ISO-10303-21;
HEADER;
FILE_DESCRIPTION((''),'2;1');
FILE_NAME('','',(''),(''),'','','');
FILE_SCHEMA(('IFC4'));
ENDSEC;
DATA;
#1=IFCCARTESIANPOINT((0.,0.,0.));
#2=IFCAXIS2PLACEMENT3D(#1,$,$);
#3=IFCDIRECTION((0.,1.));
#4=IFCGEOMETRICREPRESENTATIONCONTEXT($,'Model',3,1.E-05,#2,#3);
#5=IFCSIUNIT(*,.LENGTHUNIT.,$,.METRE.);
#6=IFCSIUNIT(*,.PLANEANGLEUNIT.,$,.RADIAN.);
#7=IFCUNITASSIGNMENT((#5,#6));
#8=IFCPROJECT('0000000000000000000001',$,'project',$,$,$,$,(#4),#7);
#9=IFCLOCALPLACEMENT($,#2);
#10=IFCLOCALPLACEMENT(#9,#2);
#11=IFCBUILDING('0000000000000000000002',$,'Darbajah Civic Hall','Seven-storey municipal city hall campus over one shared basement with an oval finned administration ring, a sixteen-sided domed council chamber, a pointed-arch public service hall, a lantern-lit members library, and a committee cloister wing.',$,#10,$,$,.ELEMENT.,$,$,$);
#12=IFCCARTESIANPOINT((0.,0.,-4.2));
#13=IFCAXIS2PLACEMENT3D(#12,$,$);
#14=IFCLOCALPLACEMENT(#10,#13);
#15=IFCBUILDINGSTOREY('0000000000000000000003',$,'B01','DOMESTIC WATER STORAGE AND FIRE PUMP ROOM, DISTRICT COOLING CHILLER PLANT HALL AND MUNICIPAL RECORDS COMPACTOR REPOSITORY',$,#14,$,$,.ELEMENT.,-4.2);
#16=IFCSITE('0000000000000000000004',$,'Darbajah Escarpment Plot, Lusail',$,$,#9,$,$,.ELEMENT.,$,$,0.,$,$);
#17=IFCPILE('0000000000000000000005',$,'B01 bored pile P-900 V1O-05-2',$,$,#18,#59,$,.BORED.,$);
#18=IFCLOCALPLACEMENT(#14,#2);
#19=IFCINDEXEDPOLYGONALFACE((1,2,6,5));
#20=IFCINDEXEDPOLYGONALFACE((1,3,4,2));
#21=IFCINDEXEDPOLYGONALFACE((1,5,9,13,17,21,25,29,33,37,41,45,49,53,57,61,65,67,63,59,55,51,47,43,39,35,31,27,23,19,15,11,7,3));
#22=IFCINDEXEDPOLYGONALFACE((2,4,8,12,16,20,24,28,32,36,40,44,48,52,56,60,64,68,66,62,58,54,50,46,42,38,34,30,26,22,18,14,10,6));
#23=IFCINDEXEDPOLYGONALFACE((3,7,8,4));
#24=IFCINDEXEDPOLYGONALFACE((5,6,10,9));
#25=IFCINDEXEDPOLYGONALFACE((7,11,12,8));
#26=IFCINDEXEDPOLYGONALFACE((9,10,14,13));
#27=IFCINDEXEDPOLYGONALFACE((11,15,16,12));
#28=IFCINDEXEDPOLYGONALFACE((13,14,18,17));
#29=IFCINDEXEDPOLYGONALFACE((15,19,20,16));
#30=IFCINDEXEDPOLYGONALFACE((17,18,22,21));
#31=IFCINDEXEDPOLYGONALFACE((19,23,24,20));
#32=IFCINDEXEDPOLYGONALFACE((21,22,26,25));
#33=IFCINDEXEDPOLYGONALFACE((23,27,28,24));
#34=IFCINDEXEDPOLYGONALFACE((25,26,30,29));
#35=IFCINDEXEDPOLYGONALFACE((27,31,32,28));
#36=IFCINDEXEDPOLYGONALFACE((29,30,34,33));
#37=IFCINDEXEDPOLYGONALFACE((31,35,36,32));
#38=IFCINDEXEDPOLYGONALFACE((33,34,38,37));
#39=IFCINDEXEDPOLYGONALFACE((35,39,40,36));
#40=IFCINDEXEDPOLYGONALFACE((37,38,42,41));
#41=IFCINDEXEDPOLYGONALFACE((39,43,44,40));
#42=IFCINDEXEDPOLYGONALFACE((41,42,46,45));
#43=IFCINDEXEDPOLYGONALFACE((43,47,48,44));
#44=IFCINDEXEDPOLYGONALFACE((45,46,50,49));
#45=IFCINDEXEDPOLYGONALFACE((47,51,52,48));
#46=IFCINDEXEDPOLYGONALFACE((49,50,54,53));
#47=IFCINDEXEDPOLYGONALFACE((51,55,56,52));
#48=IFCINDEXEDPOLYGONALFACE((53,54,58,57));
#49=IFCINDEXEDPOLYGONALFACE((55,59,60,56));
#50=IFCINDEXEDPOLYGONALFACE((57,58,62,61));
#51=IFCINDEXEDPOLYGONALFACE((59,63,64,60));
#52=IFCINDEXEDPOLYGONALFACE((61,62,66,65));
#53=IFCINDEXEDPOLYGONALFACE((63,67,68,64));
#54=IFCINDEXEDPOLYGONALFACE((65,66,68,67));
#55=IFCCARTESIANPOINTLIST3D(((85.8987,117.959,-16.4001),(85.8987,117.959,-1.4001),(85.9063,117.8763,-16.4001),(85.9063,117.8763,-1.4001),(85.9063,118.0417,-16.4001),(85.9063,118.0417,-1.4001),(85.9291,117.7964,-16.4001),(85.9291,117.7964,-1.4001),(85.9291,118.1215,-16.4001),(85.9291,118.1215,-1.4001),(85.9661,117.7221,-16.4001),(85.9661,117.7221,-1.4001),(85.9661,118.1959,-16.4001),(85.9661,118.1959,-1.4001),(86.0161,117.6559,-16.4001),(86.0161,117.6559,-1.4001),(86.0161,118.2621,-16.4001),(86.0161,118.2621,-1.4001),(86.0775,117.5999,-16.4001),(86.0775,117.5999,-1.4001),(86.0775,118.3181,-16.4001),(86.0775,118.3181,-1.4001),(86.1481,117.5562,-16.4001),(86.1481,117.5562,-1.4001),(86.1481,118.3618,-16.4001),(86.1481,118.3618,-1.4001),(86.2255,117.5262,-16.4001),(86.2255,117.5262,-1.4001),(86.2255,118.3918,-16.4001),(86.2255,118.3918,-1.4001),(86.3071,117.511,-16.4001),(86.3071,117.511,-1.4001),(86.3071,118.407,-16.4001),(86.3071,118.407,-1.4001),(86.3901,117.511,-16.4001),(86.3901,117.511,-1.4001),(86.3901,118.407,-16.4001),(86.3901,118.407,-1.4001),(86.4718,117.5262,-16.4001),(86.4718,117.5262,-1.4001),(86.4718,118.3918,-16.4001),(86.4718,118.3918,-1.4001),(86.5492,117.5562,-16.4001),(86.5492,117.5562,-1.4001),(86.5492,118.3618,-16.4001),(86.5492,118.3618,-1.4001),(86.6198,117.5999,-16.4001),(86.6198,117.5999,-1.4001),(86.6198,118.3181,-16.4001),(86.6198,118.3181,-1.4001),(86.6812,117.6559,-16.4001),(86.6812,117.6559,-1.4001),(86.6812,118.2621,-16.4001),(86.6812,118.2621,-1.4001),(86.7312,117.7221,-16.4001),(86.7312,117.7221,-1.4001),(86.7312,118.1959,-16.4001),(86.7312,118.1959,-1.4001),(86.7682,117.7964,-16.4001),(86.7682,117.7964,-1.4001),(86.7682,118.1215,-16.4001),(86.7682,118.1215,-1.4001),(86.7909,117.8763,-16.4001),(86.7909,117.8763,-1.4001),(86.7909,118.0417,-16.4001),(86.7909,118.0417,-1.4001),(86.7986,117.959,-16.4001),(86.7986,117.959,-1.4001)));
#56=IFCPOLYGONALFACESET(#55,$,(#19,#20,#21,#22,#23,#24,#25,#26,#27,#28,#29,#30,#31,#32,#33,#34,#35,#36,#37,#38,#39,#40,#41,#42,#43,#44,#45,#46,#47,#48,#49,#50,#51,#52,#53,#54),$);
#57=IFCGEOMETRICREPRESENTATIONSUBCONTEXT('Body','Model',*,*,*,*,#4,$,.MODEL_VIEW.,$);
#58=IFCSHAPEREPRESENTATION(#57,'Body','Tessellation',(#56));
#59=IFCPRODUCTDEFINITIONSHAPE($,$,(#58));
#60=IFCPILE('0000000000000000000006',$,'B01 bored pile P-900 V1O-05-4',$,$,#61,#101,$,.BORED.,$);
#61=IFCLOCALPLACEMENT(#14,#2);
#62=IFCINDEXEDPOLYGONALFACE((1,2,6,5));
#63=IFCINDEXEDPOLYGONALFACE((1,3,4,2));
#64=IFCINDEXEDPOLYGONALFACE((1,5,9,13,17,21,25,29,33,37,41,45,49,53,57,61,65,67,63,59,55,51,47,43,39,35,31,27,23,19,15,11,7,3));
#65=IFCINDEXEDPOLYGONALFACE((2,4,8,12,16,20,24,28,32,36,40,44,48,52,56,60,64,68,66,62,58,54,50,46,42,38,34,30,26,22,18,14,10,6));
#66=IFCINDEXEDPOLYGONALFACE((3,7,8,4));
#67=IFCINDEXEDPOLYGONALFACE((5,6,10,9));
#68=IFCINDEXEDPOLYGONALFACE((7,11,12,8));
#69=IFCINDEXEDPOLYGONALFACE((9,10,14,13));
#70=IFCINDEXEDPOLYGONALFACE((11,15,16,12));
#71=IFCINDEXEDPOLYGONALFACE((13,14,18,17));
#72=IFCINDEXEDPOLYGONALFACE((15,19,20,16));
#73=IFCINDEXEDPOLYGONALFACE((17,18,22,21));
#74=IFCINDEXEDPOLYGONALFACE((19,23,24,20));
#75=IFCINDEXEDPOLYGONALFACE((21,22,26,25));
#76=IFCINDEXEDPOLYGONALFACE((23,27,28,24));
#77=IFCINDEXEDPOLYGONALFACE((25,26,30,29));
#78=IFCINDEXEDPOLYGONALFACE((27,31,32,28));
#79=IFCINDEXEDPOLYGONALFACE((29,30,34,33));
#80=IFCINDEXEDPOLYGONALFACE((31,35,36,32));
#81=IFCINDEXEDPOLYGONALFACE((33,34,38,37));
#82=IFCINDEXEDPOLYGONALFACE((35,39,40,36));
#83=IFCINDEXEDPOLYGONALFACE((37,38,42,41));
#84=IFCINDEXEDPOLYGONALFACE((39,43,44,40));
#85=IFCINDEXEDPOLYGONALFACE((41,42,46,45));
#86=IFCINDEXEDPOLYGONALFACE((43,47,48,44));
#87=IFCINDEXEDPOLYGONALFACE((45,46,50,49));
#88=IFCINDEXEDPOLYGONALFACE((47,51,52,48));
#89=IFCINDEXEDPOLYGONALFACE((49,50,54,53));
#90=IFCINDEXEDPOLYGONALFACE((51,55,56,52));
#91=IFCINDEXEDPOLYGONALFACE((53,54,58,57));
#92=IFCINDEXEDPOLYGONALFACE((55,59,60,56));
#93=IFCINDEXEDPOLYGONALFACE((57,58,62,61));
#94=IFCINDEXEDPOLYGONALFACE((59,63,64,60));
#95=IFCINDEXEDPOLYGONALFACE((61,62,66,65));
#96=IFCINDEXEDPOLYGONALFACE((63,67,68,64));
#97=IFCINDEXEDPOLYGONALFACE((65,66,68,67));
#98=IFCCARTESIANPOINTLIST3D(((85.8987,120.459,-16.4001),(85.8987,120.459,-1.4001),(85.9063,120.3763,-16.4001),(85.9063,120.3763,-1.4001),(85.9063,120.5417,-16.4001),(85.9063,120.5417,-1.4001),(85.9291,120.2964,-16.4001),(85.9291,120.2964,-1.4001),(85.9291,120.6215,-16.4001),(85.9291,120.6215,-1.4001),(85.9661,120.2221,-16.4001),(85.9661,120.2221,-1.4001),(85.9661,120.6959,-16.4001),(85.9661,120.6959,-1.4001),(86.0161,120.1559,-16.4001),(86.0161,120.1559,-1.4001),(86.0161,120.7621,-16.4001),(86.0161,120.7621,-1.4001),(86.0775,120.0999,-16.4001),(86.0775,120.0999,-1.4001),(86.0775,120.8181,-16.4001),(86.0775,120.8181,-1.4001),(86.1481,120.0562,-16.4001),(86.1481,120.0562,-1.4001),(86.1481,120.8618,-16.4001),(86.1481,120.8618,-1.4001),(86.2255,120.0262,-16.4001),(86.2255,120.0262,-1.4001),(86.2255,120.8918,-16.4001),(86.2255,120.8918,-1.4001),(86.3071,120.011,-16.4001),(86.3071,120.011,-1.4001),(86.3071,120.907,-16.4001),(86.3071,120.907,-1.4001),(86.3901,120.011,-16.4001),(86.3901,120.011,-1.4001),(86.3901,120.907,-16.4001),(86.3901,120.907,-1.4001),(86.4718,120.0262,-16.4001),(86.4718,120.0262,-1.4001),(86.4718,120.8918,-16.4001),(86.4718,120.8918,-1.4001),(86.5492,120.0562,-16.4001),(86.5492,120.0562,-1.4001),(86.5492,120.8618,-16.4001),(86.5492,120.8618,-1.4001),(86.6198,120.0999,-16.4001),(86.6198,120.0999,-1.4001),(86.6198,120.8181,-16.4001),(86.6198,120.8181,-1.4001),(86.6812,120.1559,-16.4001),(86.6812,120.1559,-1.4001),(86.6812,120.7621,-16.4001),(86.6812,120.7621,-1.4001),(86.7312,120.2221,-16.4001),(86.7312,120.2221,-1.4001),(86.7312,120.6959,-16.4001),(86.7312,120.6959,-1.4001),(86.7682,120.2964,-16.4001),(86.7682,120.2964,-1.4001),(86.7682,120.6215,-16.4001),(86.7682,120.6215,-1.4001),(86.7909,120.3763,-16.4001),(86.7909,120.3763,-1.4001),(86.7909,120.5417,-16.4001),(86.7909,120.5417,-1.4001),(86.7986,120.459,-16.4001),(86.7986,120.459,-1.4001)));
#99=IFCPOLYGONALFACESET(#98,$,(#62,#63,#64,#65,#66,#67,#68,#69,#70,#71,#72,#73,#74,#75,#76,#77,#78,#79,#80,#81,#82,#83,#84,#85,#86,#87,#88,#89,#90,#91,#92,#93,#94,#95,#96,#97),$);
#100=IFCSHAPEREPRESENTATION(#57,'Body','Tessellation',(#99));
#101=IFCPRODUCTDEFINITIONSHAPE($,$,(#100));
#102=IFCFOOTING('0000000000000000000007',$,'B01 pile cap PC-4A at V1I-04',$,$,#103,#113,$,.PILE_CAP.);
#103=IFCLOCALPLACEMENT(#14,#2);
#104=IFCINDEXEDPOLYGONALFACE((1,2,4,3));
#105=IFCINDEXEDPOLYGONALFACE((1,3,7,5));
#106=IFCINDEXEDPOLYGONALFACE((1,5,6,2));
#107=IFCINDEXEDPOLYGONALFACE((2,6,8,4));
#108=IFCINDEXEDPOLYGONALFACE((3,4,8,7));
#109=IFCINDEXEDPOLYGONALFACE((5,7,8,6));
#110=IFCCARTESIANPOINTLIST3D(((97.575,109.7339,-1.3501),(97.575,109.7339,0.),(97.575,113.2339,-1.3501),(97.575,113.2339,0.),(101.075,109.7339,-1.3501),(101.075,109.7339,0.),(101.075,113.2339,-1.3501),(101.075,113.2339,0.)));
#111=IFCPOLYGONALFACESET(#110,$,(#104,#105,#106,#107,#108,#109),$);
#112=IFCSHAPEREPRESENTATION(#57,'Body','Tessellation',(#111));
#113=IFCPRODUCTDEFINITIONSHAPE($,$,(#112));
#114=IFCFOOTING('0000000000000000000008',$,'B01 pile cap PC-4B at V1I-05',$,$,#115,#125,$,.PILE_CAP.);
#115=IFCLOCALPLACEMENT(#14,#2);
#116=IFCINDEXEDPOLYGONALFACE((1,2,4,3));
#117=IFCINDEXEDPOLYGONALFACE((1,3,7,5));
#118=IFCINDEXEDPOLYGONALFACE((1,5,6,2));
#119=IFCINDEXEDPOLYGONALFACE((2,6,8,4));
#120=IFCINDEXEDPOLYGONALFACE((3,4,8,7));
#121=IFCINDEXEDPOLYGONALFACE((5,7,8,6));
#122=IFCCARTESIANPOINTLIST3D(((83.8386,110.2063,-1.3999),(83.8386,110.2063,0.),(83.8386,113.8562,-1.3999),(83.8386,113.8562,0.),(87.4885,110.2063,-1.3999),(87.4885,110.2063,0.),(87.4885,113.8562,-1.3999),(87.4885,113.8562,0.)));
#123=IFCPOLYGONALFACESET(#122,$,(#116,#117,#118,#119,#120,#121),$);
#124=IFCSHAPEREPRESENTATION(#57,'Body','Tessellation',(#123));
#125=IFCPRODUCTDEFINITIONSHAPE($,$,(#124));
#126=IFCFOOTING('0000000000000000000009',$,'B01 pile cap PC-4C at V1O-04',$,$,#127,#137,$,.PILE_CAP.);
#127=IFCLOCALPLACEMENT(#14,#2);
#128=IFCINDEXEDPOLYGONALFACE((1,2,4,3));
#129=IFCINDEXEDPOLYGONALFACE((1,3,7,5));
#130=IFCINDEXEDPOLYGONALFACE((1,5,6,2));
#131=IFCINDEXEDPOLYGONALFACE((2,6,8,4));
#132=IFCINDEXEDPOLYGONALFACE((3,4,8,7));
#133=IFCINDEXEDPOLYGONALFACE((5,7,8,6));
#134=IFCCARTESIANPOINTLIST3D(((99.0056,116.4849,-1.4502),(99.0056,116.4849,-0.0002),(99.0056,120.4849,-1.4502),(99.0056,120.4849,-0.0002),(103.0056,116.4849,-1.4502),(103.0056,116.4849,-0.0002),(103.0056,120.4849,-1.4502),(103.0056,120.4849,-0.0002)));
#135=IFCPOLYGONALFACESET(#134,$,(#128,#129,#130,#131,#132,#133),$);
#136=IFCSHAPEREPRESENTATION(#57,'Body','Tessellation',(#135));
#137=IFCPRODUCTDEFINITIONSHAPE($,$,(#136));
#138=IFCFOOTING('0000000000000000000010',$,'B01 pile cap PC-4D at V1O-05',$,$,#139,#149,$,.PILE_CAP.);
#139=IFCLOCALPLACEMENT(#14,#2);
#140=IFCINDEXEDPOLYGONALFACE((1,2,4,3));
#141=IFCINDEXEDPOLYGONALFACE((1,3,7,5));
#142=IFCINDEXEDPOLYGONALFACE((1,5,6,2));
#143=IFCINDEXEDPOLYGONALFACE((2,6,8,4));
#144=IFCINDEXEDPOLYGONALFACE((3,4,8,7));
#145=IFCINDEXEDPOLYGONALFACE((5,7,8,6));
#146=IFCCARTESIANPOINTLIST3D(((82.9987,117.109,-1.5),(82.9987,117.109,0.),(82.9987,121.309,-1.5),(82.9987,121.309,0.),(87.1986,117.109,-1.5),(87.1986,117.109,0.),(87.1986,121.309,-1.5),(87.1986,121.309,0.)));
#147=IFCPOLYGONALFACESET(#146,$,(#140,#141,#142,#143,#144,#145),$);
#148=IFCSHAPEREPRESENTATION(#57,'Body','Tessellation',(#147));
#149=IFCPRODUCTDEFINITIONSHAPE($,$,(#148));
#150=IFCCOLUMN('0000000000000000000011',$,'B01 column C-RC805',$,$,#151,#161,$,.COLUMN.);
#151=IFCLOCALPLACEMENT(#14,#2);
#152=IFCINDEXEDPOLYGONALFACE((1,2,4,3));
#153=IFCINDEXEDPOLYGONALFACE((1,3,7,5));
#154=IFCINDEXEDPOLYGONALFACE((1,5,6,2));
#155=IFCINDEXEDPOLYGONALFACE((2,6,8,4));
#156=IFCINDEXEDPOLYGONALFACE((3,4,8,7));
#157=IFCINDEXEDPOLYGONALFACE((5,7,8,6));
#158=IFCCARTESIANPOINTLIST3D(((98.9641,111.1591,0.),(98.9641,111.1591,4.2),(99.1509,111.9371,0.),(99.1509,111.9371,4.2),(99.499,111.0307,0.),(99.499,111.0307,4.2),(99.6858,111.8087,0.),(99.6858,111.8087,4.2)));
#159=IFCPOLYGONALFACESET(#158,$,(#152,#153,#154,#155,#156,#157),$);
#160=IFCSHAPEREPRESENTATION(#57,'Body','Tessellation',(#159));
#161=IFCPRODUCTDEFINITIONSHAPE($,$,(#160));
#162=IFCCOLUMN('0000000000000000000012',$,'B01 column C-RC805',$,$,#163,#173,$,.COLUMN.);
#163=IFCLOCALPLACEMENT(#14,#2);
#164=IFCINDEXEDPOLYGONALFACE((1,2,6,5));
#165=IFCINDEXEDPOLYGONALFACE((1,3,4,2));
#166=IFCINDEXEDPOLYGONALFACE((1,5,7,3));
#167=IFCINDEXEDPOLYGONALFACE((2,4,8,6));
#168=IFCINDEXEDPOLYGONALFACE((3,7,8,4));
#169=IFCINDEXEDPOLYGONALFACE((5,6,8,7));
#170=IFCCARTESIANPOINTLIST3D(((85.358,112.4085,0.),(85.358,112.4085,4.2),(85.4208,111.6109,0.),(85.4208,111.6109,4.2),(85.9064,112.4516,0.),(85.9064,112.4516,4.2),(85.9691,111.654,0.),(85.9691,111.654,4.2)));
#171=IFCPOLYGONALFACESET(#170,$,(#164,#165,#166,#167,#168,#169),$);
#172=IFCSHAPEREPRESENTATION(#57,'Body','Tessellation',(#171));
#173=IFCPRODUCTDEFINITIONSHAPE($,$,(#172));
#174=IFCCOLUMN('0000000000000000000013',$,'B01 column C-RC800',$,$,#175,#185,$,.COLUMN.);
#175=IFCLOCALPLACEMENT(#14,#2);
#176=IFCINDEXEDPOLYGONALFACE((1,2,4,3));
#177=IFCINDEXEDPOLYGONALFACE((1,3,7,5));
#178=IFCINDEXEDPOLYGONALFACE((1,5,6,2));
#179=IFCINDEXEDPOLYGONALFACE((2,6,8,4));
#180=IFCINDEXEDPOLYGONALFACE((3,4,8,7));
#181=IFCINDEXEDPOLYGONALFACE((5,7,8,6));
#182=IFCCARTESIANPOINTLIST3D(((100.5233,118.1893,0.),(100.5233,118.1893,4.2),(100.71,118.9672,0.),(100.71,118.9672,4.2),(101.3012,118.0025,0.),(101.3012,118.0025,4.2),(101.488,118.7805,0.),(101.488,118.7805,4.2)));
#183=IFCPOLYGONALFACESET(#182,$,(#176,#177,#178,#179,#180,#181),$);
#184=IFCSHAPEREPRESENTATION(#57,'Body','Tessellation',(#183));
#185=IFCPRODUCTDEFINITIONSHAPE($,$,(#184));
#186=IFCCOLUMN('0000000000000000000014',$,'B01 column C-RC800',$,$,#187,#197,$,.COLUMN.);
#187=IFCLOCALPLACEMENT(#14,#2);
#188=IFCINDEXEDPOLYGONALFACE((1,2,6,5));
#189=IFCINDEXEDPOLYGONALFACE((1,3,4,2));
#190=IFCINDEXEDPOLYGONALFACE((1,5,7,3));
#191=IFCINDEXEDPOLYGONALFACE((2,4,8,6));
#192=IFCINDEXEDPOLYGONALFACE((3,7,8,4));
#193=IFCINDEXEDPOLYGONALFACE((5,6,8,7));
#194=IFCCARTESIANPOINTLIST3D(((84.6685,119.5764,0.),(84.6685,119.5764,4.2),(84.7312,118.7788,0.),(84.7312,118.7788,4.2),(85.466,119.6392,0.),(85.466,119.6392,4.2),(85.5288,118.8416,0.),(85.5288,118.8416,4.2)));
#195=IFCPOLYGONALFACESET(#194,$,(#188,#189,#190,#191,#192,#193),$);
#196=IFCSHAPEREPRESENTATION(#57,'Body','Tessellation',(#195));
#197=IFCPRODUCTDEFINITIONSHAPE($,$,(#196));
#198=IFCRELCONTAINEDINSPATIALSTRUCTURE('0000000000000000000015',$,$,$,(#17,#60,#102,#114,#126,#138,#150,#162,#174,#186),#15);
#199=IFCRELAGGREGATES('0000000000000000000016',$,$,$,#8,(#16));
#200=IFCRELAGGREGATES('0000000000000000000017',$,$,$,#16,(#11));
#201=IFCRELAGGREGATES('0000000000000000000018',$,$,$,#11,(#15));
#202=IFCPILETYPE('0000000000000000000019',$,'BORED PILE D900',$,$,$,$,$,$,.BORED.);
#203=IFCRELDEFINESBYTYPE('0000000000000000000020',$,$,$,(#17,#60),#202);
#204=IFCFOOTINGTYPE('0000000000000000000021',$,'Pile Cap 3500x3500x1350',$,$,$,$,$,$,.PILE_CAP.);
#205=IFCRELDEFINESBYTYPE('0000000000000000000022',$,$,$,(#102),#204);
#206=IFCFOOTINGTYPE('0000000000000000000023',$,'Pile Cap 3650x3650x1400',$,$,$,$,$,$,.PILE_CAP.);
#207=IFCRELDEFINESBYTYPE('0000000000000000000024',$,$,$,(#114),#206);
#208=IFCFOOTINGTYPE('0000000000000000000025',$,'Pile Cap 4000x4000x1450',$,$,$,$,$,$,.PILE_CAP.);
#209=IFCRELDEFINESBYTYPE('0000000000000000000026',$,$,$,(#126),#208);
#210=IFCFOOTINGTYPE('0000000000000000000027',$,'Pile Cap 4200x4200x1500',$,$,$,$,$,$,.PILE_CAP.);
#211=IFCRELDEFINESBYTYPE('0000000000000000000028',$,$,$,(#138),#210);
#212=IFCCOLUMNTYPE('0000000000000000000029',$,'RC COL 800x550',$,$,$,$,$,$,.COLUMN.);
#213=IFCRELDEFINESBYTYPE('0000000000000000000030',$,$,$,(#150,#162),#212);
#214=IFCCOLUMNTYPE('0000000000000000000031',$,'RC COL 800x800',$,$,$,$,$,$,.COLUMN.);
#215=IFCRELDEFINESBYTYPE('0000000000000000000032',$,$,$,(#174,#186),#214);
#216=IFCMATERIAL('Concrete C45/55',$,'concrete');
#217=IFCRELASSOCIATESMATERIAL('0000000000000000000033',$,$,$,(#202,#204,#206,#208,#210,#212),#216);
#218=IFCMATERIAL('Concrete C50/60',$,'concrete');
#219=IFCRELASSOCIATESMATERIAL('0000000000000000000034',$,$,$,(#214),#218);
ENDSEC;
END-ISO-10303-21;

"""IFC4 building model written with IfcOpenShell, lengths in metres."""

from ifc_helpers import new_model, si_unit, direction, frame, origin, origin_2d, place, context, subcontext, project, spatial, rectangle, circle, extrude, material, material_profile, profile_set, type_object, element, save


model = new_model("IFC4")

# Units and contexts
model_context = context("Model", 3, precision=1e-05, world=origin(), true_north=direction((0.0, 1.0)))
body_context = subcontext(model_context, "Body", "Model", "MODEL_VIEW")
ifc_project = project(units=[si_unit("LENGTHUNIT", "METRE"), si_unit("PLANEANGLEUNIT", "RADIAN")], contexts=[model_context])

# Site, building, storey
site_placement = place(None, origin())
site = spatial("IfcSite", under=ifc_project, at=site_placement, Name="Darbajah Escarpment Plot, Lusail", CompositionType="ELEMENT", RefElevation=0.0)
building_placement = place(site_placement, origin())
building = spatial("IfcBuilding", under=site, at=building_placement, Name="Darbajah Civic Hall", Description="Seven-storey municipal city hall campus over one shared basement with an oval finned administration ring, a sixteen-sided domed council chamber, a pointed-arch public service hall, a lantern-lit members library, and a committee cloister wing.", CompositionType="ELEMENT")
storey_placement = place(building_placement, frame((0.0, 0.0, -4.2)))
storey = spatial("IfcBuildingStorey", under=building, at=storey_placement, Name="B01", Description="DOMESTIC WATER STORAGE AND FIRE PUMP ROOM, DISTRICT COOLING CHILLER PLANT HALL AND MUNICIPAL RECORDS COMPACTOR REPOSITORY", CompositionType="ELEMENT", Elevation=-4.2)

# Piles
ifc_material_1 = material(Name="Concrete C45/55", Category="concrete")
ifc_material_profile_1 = material_profile(ifc_material_1, circle(Radius=0.45, at=origin_2d()), Name="BORED PILE D900")
ifc_profile_set_1 = profile_set([ifc_material_profile_1], Name="Concrete C45/55")
pile_type_1 = type_object("IfcPileType", Name="BORED PILE D900", PredefinedType="BORED", material=ifc_profile_set_1)
for number, where, z_axis, x_axis, name in (
    (1, (86.3486, 117.959, -1.4001), (0.0, 0.0, -1.0), (1.0, 0.0, 0.0), "B01 bored pile P-900 V1O-05-2"),
    (2, (86.3486, 120.459, -1.4001), (0.0, 0.0, -1.0), (1.0, 0.0, 0.0), "B01 bored pile P-900 V1O-05-4"),
):
    element("IfcPile", number, at=place(storey_placement, frame(where, z_axis=z_axis, x_axis=x_axis)), inside=storey, type_object=pile_type_1, Name=name, PredefinedType="BORED", context=body_context, shape_type="SweptSolid", body=[
        extrude(circle(Radius=0.45, at=origin_2d()), origin(), (0.0, 0.0, 1.0), 15.0),
    ])

# Footings
footing_type_1 = type_object("IfcFootingType", Name="Pile Cap 3500x3500x1350", PredefinedType="PILE_CAP", material=ifc_material_1)
footing_1_placement = place(storey_placement, frame((99.325, 111.4839, -1.3501), z_axis=(0.0, 0.0, 1.0), x_axis=(1.0, 0.0, 0.0)))
element("IfcFooting", 3, at=footing_1_placement, inside=storey, type_object=footing_type_1, Name="B01 pile cap PC-4A at V1I-04", PredefinedType="PILE_CAP", context=body_context, shape_type="SweptSolid", body=[
    extrude(rectangle(XDim=3.5, YDim=3.5, at=origin_2d()), origin(), (0.0, 0.0, 1.0), 1.3501),
])
footing_type_2 = type_object("IfcFootingType", Name="Pile Cap 3650x3650x1400", PredefinedType="PILE_CAP", material=ifc_material_1)
footing_2_placement = place(storey_placement, frame((85.6636, 112.0312, -1.3999), z_axis=(0.0, 0.0, 1.0), x_axis=(1.0, 0.0, 0.0)))
element("IfcFooting", 4, at=footing_2_placement, inside=storey, type_object=footing_type_2, Name="B01 pile cap PC-4B at V1I-05", PredefinedType="PILE_CAP", context=body_context, shape_type="SweptSolid", body=[
    extrude(rectangle(XDim=3.6499, YDim=3.6499, at=origin_2d()), origin(), (0.0, 0.0, 1.0), 1.3999),
])
footing_type_3 = type_object("IfcFootingType", Name="Pile Cap 4000x4000x1450", PredefinedType="PILE_CAP", material=ifc_material_1)
footing_3_placement = place(storey_placement, frame((101.0056, 118.4849, -1.4502), z_axis=(0.0, 0.0, 1.0), x_axis=(1.0, 0.0, 0.0)))
element("IfcFooting", 5, at=footing_3_placement, inside=storey, type_object=footing_type_3, Name="B01 pile cap PC-4C at V1O-04", PredefinedType="PILE_CAP", context=body_context, shape_type="SweptSolid", body=[
    extrude(rectangle(XDim=4.0, YDim=4.0, at=origin_2d()), origin(), (0.0, 0.0, 1.0), 1.45),
])
footing_type_4 = type_object("IfcFootingType", Name="Pile Cap 4200x4200x1500", PredefinedType="PILE_CAP", material=ifc_material_1)
footing_4_placement = place(storey_placement, frame((85.0986, 119.209, -1.5), z_axis=(0.0, 0.0, 1.0), x_axis=(1.0, 0.0, 0.0)))
element("IfcFooting", 6, at=footing_4_placement, inside=storey, type_object=footing_type_4, Name="B01 pile cap PC-4D at V1O-05", PredefinedType="PILE_CAP", context=body_context, shape_type="SweptSolid", body=[
    extrude(rectangle(XDim=4.2, YDim=4.2, at=origin_2d()), origin(), (0.0, 0.0, 1.0), 1.5),
])

# Columns
ifc_material_profile_2 = material_profile(ifc_material_1, rectangle(XDim=0.8, YDim=0.55, at=origin_2d()), Name="RC COL 800x550")
ifc_profile_set_2 = profile_set([ifc_material_profile_2], Name="Concrete C45/55")
column_type_1 = type_object("IfcColumnType", Name="RC COL 800x550", PredefinedType="COLUMN", material=ifc_profile_set_2)
for number, where, z_axis, x_axis, name in (
    (7, (99.325, 111.4839, 0.0), (0.0, 0.0, 1.0), (0.233445, 0.97237, 0.0), "B01 column C-RC805"),
    (8, (85.6636, 112.0312, 0.0), (0.0, 0.0, 1.0), (-0.078459, 0.996917, 0.0), "B01 column C-RC805"),
):
    element("IfcColumn", number, at=place(storey_placement, frame(where, z_axis=z_axis, x_axis=x_axis)), inside=storey, type_object=column_type_1, Name=name, PredefinedType="COLUMN", context=body_context, shape_type="SweptSolid", body=[
        extrude(rectangle(XDim=0.8, YDim=0.55, at=origin_2d()), origin(), (0.0, 0.0, 1.0), 4.2),
    ])
ifc_material_2 = material(Name="Concrete C50/60", Category="concrete")
ifc_material_profile_3 = material_profile(ifc_material_2, rectangle(XDim=0.8, YDim=0.8, at=origin_2d()), Name="RC COL 800x800")
ifc_profile_set_3 = profile_set([ifc_material_profile_3], Name="Concrete C50/60")
column_type_2 = type_object("IfcColumnType", Name="RC COL 800x800", PredefinedType="COLUMN", material=ifc_profile_set_3)
for number, where, z_axis, x_axis, name in (
    (9, (101.0056, 118.4849, 0.0), (0.0, 0.0, 1.0), (0.233445, 0.97237, 0.0), "B01 column C-RC800"),
    (10, (85.0986, 119.209, 0.0), (0.0, 0.0, 1.0), (-0.078459, 0.996917, 0.0), "B01 column C-RC800"),
):
    element("IfcColumn", number, at=place(storey_placement, frame(where, z_axis=z_axis, x_axis=x_axis)), inside=storey, type_object=column_type_2, Name=name, PredefinedType="COLUMN", context=body_context, shape_type="SweptSolid", body=[
        extrude(rectangle(XDim=0.8, YDim=0.8, at=origin_2d()), origin(), (0.0, 0.0, 1.0), 4.2),
    ])

save(model, "model.ifc")
